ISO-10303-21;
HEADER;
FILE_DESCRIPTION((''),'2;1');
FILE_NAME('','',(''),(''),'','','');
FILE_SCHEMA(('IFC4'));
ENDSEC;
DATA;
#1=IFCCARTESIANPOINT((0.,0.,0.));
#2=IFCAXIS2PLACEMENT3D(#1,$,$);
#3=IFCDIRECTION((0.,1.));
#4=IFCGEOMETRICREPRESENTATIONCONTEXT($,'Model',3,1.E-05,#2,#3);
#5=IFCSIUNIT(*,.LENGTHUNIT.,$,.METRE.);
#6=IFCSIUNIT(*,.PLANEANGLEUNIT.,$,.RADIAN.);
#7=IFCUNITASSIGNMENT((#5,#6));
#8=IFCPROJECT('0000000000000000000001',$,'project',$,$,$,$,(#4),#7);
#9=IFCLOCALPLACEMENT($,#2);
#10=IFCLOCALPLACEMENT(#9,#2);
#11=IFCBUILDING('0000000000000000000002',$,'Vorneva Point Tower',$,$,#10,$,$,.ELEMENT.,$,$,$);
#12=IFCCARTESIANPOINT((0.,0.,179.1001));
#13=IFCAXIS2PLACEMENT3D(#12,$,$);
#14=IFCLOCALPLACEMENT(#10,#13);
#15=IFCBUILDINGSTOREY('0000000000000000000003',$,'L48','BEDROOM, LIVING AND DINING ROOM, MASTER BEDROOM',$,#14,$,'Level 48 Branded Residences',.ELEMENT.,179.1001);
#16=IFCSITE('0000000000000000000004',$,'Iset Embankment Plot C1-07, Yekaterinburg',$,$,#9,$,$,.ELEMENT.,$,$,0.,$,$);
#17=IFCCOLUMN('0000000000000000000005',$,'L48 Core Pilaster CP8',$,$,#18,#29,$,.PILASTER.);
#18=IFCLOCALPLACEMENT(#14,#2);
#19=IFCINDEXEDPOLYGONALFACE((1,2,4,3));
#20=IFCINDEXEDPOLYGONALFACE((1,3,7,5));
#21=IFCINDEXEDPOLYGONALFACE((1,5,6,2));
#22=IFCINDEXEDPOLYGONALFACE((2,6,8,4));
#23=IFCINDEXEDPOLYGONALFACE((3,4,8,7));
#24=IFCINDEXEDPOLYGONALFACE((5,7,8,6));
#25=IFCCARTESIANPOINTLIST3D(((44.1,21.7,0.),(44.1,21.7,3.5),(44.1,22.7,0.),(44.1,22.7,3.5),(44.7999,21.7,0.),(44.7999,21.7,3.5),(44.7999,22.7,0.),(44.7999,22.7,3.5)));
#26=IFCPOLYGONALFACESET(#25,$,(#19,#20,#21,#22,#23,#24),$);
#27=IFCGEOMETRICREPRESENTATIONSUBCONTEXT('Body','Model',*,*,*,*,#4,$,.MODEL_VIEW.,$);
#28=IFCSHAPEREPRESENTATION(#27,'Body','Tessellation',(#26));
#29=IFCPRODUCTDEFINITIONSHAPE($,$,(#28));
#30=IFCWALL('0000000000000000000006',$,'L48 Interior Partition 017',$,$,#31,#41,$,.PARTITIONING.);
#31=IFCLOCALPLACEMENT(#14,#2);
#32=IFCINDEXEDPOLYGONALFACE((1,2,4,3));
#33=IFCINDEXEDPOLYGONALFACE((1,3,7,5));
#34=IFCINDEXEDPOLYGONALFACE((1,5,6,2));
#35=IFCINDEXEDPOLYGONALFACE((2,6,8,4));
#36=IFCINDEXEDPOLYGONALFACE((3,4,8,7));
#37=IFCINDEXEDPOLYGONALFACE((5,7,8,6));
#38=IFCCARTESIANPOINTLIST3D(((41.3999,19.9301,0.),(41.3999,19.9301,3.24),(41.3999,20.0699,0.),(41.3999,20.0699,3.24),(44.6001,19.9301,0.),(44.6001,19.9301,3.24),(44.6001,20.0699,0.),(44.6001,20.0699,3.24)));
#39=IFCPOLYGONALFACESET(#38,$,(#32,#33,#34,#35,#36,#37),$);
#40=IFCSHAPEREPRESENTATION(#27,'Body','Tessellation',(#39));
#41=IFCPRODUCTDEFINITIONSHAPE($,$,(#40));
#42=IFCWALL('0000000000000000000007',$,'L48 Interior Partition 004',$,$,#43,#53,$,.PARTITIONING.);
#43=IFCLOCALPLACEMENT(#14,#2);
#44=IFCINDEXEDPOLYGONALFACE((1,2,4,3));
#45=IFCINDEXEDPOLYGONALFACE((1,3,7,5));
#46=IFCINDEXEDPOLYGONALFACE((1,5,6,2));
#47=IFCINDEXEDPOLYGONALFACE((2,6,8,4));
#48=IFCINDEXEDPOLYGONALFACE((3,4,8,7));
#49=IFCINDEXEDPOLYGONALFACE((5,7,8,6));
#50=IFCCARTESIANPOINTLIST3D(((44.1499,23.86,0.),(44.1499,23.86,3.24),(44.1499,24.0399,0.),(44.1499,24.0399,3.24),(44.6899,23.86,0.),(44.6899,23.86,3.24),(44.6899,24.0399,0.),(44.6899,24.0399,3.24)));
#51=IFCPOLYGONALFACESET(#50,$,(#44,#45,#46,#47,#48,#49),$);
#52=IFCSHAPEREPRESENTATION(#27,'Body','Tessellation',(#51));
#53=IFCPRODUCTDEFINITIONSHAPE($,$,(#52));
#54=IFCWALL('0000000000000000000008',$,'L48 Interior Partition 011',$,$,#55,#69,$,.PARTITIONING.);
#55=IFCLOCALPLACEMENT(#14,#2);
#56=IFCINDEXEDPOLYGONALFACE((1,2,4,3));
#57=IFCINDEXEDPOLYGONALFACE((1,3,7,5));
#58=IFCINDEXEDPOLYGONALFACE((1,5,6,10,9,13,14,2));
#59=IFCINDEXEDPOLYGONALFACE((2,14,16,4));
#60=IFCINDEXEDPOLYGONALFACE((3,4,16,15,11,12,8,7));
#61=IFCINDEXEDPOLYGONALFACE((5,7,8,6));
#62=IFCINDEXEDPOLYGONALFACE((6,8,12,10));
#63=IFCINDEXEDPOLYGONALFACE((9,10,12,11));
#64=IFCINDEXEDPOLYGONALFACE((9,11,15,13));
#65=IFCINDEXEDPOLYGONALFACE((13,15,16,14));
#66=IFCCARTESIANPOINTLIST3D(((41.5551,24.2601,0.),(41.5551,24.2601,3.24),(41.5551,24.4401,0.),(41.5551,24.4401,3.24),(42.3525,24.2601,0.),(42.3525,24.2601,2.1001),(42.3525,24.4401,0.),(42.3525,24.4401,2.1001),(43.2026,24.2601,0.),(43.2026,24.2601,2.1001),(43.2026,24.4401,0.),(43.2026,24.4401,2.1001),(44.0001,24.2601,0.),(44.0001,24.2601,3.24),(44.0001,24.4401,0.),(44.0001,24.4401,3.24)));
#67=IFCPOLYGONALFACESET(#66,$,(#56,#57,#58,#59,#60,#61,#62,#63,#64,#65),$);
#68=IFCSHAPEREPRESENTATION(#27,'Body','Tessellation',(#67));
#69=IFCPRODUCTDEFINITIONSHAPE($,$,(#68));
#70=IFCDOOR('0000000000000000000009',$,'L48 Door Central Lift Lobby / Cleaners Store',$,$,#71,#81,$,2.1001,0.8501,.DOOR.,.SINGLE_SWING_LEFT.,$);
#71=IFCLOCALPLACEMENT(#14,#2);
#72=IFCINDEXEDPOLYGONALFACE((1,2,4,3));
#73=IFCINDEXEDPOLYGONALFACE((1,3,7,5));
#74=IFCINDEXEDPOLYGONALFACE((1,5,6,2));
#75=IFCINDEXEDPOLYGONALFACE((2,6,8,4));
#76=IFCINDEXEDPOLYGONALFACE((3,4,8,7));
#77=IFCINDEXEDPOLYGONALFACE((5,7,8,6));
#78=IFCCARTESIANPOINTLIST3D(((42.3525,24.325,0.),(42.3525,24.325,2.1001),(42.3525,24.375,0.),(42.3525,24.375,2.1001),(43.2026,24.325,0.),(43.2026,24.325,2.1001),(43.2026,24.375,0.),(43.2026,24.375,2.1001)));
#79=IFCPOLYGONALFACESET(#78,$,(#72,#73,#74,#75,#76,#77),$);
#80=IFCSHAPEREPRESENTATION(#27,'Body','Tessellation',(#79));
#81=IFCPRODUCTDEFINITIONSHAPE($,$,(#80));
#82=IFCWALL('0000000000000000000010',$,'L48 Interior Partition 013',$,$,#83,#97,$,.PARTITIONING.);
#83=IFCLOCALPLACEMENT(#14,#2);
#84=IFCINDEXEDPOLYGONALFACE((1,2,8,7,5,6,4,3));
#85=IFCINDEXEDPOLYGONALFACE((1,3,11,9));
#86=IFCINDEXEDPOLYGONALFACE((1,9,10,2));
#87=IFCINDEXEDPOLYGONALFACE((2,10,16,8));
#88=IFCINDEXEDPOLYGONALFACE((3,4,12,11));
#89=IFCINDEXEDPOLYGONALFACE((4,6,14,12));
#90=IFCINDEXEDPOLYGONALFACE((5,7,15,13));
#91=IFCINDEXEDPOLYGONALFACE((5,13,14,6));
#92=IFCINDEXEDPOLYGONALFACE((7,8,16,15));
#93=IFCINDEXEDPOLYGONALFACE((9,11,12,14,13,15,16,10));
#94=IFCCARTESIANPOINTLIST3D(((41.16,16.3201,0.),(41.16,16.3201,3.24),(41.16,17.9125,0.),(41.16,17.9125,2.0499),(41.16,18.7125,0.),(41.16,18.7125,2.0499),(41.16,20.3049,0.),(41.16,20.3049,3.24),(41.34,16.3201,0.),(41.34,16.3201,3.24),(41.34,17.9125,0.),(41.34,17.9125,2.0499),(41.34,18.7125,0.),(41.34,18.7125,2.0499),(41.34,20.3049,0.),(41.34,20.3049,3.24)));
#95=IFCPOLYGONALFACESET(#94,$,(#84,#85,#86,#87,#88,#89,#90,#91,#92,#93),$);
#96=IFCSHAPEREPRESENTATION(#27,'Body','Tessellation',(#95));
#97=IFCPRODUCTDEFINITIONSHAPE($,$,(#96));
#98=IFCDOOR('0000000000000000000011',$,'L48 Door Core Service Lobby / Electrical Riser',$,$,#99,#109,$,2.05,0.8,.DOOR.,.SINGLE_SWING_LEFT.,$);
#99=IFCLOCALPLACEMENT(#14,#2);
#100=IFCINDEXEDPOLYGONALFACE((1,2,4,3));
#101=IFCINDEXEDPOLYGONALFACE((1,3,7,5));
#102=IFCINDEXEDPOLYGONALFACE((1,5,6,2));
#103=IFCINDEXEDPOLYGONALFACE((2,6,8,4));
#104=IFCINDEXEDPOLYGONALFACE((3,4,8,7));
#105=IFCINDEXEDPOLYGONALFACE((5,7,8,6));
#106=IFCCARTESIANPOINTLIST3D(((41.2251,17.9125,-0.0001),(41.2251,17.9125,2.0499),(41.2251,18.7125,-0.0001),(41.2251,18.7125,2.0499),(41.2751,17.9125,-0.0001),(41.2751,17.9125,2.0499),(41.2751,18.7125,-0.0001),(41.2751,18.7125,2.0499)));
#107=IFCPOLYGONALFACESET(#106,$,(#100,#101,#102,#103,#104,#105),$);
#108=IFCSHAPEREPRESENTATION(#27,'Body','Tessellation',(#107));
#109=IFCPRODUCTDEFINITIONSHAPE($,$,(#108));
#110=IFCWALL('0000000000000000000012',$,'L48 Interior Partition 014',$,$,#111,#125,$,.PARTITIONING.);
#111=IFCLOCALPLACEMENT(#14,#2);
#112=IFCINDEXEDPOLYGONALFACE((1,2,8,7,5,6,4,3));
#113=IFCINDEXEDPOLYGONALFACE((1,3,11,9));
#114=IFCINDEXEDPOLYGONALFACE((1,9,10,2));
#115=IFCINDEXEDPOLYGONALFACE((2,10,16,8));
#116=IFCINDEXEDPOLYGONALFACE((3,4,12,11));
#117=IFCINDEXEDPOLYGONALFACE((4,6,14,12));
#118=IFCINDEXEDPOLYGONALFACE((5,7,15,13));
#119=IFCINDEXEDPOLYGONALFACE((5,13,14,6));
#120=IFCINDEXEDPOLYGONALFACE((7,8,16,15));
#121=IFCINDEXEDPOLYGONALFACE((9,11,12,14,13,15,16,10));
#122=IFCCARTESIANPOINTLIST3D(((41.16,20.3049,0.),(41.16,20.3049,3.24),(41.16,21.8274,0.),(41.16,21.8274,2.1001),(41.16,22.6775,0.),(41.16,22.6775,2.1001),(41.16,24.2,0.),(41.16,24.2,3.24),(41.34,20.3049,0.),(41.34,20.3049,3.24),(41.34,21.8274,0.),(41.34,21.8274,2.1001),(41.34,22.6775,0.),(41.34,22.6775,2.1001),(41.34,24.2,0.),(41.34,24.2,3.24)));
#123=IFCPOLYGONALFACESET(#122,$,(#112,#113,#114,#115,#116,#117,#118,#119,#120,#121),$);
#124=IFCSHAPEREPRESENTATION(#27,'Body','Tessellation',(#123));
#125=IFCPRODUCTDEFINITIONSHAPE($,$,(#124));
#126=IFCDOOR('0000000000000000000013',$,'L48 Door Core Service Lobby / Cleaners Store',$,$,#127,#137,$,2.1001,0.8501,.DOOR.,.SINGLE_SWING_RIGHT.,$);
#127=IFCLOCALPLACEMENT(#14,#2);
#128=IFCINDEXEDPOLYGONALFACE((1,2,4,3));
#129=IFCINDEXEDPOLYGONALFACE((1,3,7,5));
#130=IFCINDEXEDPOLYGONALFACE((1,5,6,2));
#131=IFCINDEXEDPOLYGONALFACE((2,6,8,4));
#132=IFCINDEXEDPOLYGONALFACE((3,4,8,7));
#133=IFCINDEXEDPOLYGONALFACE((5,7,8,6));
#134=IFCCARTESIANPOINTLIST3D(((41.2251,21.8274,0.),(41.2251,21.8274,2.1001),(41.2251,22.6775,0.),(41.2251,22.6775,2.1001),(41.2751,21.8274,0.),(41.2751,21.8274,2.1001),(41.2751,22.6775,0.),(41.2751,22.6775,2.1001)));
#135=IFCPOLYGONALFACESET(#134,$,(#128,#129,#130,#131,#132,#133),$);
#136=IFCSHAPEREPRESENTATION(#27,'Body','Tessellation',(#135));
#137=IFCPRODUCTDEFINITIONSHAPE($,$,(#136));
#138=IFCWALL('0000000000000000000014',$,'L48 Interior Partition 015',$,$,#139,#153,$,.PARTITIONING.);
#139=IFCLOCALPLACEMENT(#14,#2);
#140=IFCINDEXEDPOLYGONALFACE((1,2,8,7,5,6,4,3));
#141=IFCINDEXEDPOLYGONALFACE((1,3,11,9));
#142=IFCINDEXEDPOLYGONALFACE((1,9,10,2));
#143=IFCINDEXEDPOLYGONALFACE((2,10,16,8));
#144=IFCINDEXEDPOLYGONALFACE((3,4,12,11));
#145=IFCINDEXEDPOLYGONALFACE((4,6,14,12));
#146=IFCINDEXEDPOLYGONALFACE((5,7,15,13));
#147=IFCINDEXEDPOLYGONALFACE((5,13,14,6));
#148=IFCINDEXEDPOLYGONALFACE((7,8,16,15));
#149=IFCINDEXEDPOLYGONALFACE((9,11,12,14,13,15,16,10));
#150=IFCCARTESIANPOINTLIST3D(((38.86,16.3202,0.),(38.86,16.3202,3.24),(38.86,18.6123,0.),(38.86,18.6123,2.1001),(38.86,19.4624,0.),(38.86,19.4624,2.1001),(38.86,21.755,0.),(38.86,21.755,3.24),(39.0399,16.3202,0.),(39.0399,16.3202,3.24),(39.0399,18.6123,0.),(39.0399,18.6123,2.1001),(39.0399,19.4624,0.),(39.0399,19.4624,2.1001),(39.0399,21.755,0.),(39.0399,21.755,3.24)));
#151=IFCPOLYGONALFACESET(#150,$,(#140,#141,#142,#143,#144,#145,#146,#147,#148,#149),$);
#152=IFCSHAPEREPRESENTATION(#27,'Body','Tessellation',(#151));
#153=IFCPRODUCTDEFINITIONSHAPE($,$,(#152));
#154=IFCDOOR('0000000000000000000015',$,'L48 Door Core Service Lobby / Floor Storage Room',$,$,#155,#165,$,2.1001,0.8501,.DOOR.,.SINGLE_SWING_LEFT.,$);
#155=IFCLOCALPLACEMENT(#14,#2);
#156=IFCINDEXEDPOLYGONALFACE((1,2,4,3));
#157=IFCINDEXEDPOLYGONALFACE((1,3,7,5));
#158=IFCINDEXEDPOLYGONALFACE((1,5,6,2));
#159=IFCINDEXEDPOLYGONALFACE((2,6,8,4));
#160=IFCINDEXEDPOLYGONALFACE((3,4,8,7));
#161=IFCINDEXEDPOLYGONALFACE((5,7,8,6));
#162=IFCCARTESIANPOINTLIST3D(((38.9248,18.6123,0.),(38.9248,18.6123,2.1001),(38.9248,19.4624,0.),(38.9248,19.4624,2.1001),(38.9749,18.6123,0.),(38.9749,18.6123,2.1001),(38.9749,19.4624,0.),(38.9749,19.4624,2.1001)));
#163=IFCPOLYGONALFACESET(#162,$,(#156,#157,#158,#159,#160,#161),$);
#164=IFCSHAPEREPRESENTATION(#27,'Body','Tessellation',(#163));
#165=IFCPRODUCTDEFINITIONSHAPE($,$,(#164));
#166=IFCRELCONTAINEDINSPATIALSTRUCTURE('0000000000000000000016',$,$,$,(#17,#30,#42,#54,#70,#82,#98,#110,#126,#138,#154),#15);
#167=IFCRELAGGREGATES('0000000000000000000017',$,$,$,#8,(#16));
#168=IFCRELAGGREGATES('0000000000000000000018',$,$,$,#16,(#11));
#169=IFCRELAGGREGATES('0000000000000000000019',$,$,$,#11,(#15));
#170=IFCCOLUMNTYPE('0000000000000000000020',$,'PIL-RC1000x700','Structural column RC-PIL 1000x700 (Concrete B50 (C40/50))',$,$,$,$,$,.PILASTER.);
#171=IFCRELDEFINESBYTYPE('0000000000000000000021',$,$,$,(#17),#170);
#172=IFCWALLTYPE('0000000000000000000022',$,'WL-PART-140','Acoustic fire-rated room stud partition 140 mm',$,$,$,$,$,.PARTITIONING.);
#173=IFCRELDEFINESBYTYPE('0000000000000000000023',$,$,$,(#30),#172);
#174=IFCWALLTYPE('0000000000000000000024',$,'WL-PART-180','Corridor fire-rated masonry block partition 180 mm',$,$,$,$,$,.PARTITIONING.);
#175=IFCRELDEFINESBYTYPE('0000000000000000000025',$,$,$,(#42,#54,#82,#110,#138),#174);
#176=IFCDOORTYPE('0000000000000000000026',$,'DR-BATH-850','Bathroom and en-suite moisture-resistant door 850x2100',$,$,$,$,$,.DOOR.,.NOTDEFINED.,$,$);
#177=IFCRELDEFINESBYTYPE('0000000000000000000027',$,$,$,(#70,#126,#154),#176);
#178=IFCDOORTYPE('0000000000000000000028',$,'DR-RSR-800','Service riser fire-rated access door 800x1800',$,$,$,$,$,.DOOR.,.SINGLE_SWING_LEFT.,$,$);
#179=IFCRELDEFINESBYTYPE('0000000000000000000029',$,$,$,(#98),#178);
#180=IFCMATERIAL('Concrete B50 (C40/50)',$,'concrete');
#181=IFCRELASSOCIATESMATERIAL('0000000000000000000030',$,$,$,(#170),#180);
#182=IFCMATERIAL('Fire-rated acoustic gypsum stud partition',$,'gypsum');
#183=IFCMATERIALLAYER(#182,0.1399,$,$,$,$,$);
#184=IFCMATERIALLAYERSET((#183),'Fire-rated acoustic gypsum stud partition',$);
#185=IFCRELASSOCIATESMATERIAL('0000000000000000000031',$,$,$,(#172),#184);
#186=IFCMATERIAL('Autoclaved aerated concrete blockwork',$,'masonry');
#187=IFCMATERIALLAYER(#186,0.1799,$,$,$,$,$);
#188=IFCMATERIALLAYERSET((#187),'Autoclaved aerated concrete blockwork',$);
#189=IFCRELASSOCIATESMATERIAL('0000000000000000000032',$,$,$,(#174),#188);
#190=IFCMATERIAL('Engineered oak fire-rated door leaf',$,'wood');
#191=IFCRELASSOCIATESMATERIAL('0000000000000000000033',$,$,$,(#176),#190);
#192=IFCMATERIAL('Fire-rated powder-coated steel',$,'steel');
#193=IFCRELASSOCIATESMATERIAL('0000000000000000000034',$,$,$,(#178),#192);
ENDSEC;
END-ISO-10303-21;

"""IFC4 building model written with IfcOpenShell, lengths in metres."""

from ifc_helpers import new_model, si_unit, direction, frame, frame_2d, origin, origin_2d, place, context, subcontext, project, spatial, rectangle, extrude, material, layer, layer_set, material_profile, profile_set, type_object, element, fill, save


model = new_model("IFC4")

# Units and contexts
model_context = context("Model", 3, precision=1e-05, world=origin(), true_north=direction((0.0, 1.0)))
body_context = subcontext(model_context, "Body", "Model", "MODEL_VIEW")
ifc_project = project(units=[si_unit("LENGTHUNIT", "METRE"), si_unit("PLANEANGLEUNIT", "RADIAN")], contexts=[model_context])

# Site, building, storey
site_placement = place(None, origin())
site = spatial("IfcSite", under=ifc_project, at=site_placement, Name="Iset Embankment Plot C1-07, Yekaterinburg", CompositionType="ELEMENT", RefElevation=0.0)
building_placement = place(site_placement, origin())
building = spatial("IfcBuilding", under=site, at=building_placement, Name="Vorneva Point Tower", CompositionType="ELEMENT")
storey_placement = place(building_placement, frame((0.0, 0.0, 179.1001)))
storey = spatial("IfcBuildingStorey", under=building, at=storey_placement, Name="L48", Description="BEDROOM, LIVING AND DINING ROOM, MASTER BEDROOM", LongName="Level 48 Branded Residences", CompositionType="ELEMENT", Elevation=179.1001)

# Column
ifc_material_1 = material(Name="Concrete B50 (C40/50)", Category="concrete")
ifc_material_profile = material_profile(ifc_material_1, rectangle(XDim=0.7, YDim=1.0, at=origin_2d()), Name="RC-PIL 1000x700")
ifc_profile_set = profile_set([ifc_material_profile], Name="Concrete B50 (C40/50)")
column_type = type_object("IfcColumnType", Name="PIL-RC1000x700", Description="Structural column RC-PIL 1000x700 (Concrete B50 (C40/50))", PredefinedType="PILASTER", material=ifc_profile_set)
column_placement = place(storey_placement, frame((44.45, 22.2, 0.0), z_axis=(0.0, 0.0, 1.0), x_axis=(1.0, 0.0, 0.0)))
element("IfcColumn", 1, at=column_placement, inside=storey, type_object=column_type, Name="L48 Core Pilaster CP8", PredefinedType="PILASTER", context=body_context, shape_type="SweptSolid", body=[
    extrude(rectangle(XDim=0.7, YDim=1.0, at=origin_2d()), origin(), (0.0, 0.0, 1.0), 3.5),
])

# Walls
ifc_material_2 = material(Name="Fire-rated acoustic gypsum stud partition", Category="gypsum")
ifc_layer_1 = layer(ifc_material_2, 0.1399)
ifc_layer_set_1 = layer_set([ifc_layer_1], Name="Fire-rated acoustic gypsum stud partition")
wall_type_1 = type_object("IfcWallType", Name="WL-PART-140", Description="Acoustic fire-rated room stud partition 140 mm", PredefinedType="PARTITIONING", material=ifc_layer_set_1)
wall_1_placement = place(storey_placement, frame((44.6001, 20.0, 0.0), z_axis=(0.0, 0.0, 1.0), x_axis=(-1.0, 0.0, 0.0)))
element("IfcWall", 2, at=wall_1_placement, inside=storey, type_object=wall_type_1, Name="L48 Interior Partition 017", PredefinedType="PARTITIONING", context=body_context, shape_type="SweptSolid", body=[
    extrude(rectangle(XDim=3.2002, YDim=0.1399, at=frame_2d((1.6001, 0.0))), origin(), (0.0, 0.0, 1.0), 3.24),
])
ifc_material_3 = material(Name="Autoclaved aerated concrete blockwork", Category="masonry")
ifc_layer_2 = layer(ifc_material_3, 0.1799)
ifc_layer_set_2 = layer_set([ifc_layer_2], Name="Autoclaved aerated concrete blockwork")
wall_type_2 = type_object("IfcWallType", Name="WL-PART-180", Description="Corridor fire-rated masonry block partition 180 mm", PredefinedType="PARTITIONING", material=ifc_layer_set_2)
wall_2_placement = place(storey_placement, frame((44.1499, 23.95, 0.0), z_axis=(0.0, 0.0, 1.0), x_axis=(1.0, 0.0, 0.0)))
element("IfcWall", 3, at=wall_2_placement, inside=storey, type_object=wall_type_2, Name="L48 Interior Partition 004", PredefinedType="PARTITIONING", context=body_context, shape_type="SweptSolid", body=[
    extrude(rectangle(XDim=0.54, YDim=0.1799, at=frame_2d((0.27, 0.0))), origin(), (0.0, 0.0, 1.0), 3.24),
])

# Walls, openings, doors
ifc_material_4 = material(Name="Fire-rated powder-coated steel", Category="steel")
wall_3_placement = place(storey_placement, frame((41.5549, 24.3501, 0.0), z_axis=(0.0, 0.0, 1.0), x_axis=(1.0, 0.0, 0.0)))
wall_3 = element("IfcWall", 4, at=wall_3_placement, inside=storey, type_object=wall_type_2, Name="L48 Interior Partition 011", PredefinedType="PARTITIONING", context=body_context, shape_type="SweptSolid", body=[
    extrude(rectangle(XDim=2.4451, YDim=0.1799, at=frame_2d((1.2227, 0.0))), origin(), (0.0, 0.0, 1.0), 3.24),
])
opening_1_placement = place(wall_3_placement, frame((0.7976, 0.0, 0.0)))
opening_1 = element("IfcOpeningElement", 5, at=opening_1_placement, cuts=wall_3, PredefinedType="OPENING", context=body_context, shape_type="SweptSolid", body=[
    extrude(rectangle(XDim=0.8501, YDim=2.1001, at=frame_2d((0.425, 1.05))), frame((0.0, 0.105, 0.0), z_axis=(0.0, -1.0, 0.0), x_axis=(1.0, 0.0, 0.0)), (0.0, 0.0, 1.0), 0.2097),
])
ifc_material_5 = material(Name="Engineered oak fire-rated door leaf", Category="wood")
door_type_1 = type_object("IfcDoorType", Name="DR-BATH-850", Description="Bathroom and en-suite moisture-resistant door 850x2100", OperationType="NOTDEFINED", PredefinedType="DOOR", material=ifc_material_5)
door_1_placement = place(opening_1_placement, origin())
door_1 = element("IfcDoor", 6, at=door_1_placement, inside=storey, type_object=door_type_1, Name="L48 Door Central Lift Lobby / Cleaners Store", OperationType="SINGLE_SWING_LEFT", OverallHeight=2.1001, OverallWidth=0.8501, PredefinedType="DOOR", context=body_context, shape_type="SweptSolid", body=[
    extrude(rectangle(XDim=0.8501, YDim=2.1001, at=frame_2d((0.425, 1.05))), frame((0.0, 0.0249, 0.0), z_axis=(0.0, -1.0, 0.0), x_axis=(1.0, 0.0, 0.0)), (0.0, 0.0, 1.0), 0.05),
])
fill(opening_1, door_1)
wall_4_placement = place(storey_placement, frame((41.25, 16.3201, 0.0), z_axis=(0.0, 0.0, 1.0), x_axis=(0.0, 1.0, 0.0)))
wall_4 = element("IfcWall", 7, at=wall_4_placement, inside=storey, type_object=wall_type_2, Name="L48 Interior Partition 013", PredefinedType="PARTITIONING", context=body_context, shape_type="SweptSolid", body=[
    extrude(rectangle(XDim=3.9849, YDim=0.1799, at=frame_2d((1.9924, 0.0))), origin(), (0.0, 0.0, 1.0), 3.24),
])
opening_2_placement = place(wall_4_placement, frame((1.5925, 0.0, 0.0)))
opening_2 = element("IfcOpeningElement", 8, at=opening_2_placement, cuts=wall_4, PredefinedType="OPENING", context=body_context, shape_type="SweptSolid", body=[
    extrude(rectangle(XDim=0.8, YDim=2.05, at=frame_2d((0.3999, 1.0249))), frame((0.0, 0.105, 0.0), z_axis=(0.0, -1.0, 0.0), x_axis=(1.0, 0.0, 0.0)), (0.0, 0.0, 1.0), 0.2097),
])
door_type_2 = type_object("IfcDoorType", Name="DR-RSR-800", Description="Service riser fire-rated access door 800x1800", OperationType="SINGLE_SWING_LEFT", PredefinedType="DOOR", material=ifc_material_4)
door_2_placement = place(opening_2_placement, origin())
door_2 = element("IfcDoor", 9, at=door_2_placement, inside=storey, type_object=door_type_2, Name="L48 Door Core Service Lobby / Electrical Riser", OperationType="SINGLE_SWING_LEFT", OverallHeight=2.05, OverallWidth=0.8, PredefinedType="DOOR", context=body_context, shape_type="SweptSolid", body=[
    extrude(rectangle(XDim=0.8, YDim=2.05, at=frame_2d((0.3999, 1.0249))), frame((0.0, 0.0249, 0.0), z_axis=(0.0, -1.0, 0.0), x_axis=(1.0, 0.0, 0.0)), (0.0, 0.0, 1.0), 0.05),
])
fill(opening_2, door_2)
wall_5_placement = place(storey_placement, frame((41.25, 20.3049, 0.0), z_axis=(0.0, 0.0, 1.0), x_axis=(0.0, 1.0, 0.0)))
wall_5 = element("IfcWall", 10, at=wall_5_placement, inside=storey, type_object=wall_type_2, Name="L48 Interior Partition 014", PredefinedType="PARTITIONING", context=body_context, shape_type="SweptSolid", body=[
    extrude(rectangle(XDim=3.895, YDim=0.1799, at=frame_2d((1.9475, 0.0))), origin(), (0.0, 0.0, 1.0), 3.24),
])
opening_3_placement = place(wall_5_placement, frame((1.5225, 0.0, 0.0)))
opening_3 = element("IfcOpeningElement", 11, at=opening_3_placement, cuts=wall_5, PredefinedType="OPENING", context=body_context, shape_type="SweptSolid", body=[
    extrude(rectangle(XDim=0.8501, YDim=2.1001, at=frame_2d((0.425, 1.05))), frame((0.0, 0.105, 0.0), z_axis=(0.0, -1.0, 0.0), x_axis=(1.0, 0.0, 0.0)), (0.0, 0.0, 1.0), 0.2097),
])
door_3_placement = place(opening_3_placement, origin())
door_3 = element("IfcDoor", 12, at=door_3_placement, inside=storey, type_object=door_type_1, Name="L48 Door Core Service Lobby / Cleaners Store", OperationType="SINGLE_SWING_RIGHT", OverallHeight=2.1001, OverallWidth=0.8501, PredefinedType="DOOR", context=body_context, shape_type="SweptSolid", body=[
    extrude(rectangle(XDim=0.8501, YDim=2.1001, at=frame_2d((0.425, 1.05))), frame((0.0, 0.0249, 0.0), z_axis=(0.0, -1.0, 0.0), x_axis=(1.0, 0.0, 0.0)), (0.0, 0.0, 1.0), 0.05),
])
fill(opening_3, door_3)
wall_6_placement = place(storey_placement, frame((38.95, 21.7549, 0.0), z_axis=(0.0, 0.0, 1.0), x_axis=(0.0, -1.0, 0.0)))
wall_6 = element("IfcWall", 13, at=wall_6_placement, inside=storey, type_object=wall_type_2, Name="L48 Interior Partition 015", PredefinedType="PARTITIONING", context=body_context, shape_type="SweptSolid", body=[
    extrude(rectangle(XDim=5.4348, YDim=0.1799, at=frame_2d((2.7173, 0.0))), origin(), (0.0, 0.0, 1.0), 3.24),
])
opening_4_placement = place(wall_6_placement, frame((2.2925, 0.0, 0.0)))
opening_4 = element("IfcOpeningElement", 14, at=opening_4_placement, cuts=wall_6, PredefinedType="OPENING", context=body_context, shape_type="SweptSolid", body=[
    extrude(rectangle(XDim=0.8501, YDim=2.1001, at=frame_2d((0.425, 1.05))), frame((0.0, 0.105, 0.0), z_axis=(0.0, -1.0, 0.0), x_axis=(1.0, 0.0, 0.0)), (0.0, 0.0, 1.0), 0.2097),
])
door_4_placement = place(opening_4_placement, origin())
door_4 = element("IfcDoor", 15, at=door_4_placement, inside=storey, type_object=door_type_1, Name="L48 Door Core Service Lobby / Floor Storage Room", OperationType="SINGLE_SWING_LEFT", OverallHeight=2.1001, OverallWidth=0.8501, PredefinedType="DOOR", context=body_context, shape_type="SweptSolid", body=[
    extrude(rectangle(XDim=0.8501, YDim=2.1001, at=frame_2d((0.425, 1.05))), frame((0.0, 0.0249, 0.0), z_axis=(0.0, -1.0, 0.0), x_axis=(1.0, 0.0, 0.0)), (0.0, 0.0, 1.0), 0.05),
])
fill(opening_4, door_4)

save(model, "model.ifc")
